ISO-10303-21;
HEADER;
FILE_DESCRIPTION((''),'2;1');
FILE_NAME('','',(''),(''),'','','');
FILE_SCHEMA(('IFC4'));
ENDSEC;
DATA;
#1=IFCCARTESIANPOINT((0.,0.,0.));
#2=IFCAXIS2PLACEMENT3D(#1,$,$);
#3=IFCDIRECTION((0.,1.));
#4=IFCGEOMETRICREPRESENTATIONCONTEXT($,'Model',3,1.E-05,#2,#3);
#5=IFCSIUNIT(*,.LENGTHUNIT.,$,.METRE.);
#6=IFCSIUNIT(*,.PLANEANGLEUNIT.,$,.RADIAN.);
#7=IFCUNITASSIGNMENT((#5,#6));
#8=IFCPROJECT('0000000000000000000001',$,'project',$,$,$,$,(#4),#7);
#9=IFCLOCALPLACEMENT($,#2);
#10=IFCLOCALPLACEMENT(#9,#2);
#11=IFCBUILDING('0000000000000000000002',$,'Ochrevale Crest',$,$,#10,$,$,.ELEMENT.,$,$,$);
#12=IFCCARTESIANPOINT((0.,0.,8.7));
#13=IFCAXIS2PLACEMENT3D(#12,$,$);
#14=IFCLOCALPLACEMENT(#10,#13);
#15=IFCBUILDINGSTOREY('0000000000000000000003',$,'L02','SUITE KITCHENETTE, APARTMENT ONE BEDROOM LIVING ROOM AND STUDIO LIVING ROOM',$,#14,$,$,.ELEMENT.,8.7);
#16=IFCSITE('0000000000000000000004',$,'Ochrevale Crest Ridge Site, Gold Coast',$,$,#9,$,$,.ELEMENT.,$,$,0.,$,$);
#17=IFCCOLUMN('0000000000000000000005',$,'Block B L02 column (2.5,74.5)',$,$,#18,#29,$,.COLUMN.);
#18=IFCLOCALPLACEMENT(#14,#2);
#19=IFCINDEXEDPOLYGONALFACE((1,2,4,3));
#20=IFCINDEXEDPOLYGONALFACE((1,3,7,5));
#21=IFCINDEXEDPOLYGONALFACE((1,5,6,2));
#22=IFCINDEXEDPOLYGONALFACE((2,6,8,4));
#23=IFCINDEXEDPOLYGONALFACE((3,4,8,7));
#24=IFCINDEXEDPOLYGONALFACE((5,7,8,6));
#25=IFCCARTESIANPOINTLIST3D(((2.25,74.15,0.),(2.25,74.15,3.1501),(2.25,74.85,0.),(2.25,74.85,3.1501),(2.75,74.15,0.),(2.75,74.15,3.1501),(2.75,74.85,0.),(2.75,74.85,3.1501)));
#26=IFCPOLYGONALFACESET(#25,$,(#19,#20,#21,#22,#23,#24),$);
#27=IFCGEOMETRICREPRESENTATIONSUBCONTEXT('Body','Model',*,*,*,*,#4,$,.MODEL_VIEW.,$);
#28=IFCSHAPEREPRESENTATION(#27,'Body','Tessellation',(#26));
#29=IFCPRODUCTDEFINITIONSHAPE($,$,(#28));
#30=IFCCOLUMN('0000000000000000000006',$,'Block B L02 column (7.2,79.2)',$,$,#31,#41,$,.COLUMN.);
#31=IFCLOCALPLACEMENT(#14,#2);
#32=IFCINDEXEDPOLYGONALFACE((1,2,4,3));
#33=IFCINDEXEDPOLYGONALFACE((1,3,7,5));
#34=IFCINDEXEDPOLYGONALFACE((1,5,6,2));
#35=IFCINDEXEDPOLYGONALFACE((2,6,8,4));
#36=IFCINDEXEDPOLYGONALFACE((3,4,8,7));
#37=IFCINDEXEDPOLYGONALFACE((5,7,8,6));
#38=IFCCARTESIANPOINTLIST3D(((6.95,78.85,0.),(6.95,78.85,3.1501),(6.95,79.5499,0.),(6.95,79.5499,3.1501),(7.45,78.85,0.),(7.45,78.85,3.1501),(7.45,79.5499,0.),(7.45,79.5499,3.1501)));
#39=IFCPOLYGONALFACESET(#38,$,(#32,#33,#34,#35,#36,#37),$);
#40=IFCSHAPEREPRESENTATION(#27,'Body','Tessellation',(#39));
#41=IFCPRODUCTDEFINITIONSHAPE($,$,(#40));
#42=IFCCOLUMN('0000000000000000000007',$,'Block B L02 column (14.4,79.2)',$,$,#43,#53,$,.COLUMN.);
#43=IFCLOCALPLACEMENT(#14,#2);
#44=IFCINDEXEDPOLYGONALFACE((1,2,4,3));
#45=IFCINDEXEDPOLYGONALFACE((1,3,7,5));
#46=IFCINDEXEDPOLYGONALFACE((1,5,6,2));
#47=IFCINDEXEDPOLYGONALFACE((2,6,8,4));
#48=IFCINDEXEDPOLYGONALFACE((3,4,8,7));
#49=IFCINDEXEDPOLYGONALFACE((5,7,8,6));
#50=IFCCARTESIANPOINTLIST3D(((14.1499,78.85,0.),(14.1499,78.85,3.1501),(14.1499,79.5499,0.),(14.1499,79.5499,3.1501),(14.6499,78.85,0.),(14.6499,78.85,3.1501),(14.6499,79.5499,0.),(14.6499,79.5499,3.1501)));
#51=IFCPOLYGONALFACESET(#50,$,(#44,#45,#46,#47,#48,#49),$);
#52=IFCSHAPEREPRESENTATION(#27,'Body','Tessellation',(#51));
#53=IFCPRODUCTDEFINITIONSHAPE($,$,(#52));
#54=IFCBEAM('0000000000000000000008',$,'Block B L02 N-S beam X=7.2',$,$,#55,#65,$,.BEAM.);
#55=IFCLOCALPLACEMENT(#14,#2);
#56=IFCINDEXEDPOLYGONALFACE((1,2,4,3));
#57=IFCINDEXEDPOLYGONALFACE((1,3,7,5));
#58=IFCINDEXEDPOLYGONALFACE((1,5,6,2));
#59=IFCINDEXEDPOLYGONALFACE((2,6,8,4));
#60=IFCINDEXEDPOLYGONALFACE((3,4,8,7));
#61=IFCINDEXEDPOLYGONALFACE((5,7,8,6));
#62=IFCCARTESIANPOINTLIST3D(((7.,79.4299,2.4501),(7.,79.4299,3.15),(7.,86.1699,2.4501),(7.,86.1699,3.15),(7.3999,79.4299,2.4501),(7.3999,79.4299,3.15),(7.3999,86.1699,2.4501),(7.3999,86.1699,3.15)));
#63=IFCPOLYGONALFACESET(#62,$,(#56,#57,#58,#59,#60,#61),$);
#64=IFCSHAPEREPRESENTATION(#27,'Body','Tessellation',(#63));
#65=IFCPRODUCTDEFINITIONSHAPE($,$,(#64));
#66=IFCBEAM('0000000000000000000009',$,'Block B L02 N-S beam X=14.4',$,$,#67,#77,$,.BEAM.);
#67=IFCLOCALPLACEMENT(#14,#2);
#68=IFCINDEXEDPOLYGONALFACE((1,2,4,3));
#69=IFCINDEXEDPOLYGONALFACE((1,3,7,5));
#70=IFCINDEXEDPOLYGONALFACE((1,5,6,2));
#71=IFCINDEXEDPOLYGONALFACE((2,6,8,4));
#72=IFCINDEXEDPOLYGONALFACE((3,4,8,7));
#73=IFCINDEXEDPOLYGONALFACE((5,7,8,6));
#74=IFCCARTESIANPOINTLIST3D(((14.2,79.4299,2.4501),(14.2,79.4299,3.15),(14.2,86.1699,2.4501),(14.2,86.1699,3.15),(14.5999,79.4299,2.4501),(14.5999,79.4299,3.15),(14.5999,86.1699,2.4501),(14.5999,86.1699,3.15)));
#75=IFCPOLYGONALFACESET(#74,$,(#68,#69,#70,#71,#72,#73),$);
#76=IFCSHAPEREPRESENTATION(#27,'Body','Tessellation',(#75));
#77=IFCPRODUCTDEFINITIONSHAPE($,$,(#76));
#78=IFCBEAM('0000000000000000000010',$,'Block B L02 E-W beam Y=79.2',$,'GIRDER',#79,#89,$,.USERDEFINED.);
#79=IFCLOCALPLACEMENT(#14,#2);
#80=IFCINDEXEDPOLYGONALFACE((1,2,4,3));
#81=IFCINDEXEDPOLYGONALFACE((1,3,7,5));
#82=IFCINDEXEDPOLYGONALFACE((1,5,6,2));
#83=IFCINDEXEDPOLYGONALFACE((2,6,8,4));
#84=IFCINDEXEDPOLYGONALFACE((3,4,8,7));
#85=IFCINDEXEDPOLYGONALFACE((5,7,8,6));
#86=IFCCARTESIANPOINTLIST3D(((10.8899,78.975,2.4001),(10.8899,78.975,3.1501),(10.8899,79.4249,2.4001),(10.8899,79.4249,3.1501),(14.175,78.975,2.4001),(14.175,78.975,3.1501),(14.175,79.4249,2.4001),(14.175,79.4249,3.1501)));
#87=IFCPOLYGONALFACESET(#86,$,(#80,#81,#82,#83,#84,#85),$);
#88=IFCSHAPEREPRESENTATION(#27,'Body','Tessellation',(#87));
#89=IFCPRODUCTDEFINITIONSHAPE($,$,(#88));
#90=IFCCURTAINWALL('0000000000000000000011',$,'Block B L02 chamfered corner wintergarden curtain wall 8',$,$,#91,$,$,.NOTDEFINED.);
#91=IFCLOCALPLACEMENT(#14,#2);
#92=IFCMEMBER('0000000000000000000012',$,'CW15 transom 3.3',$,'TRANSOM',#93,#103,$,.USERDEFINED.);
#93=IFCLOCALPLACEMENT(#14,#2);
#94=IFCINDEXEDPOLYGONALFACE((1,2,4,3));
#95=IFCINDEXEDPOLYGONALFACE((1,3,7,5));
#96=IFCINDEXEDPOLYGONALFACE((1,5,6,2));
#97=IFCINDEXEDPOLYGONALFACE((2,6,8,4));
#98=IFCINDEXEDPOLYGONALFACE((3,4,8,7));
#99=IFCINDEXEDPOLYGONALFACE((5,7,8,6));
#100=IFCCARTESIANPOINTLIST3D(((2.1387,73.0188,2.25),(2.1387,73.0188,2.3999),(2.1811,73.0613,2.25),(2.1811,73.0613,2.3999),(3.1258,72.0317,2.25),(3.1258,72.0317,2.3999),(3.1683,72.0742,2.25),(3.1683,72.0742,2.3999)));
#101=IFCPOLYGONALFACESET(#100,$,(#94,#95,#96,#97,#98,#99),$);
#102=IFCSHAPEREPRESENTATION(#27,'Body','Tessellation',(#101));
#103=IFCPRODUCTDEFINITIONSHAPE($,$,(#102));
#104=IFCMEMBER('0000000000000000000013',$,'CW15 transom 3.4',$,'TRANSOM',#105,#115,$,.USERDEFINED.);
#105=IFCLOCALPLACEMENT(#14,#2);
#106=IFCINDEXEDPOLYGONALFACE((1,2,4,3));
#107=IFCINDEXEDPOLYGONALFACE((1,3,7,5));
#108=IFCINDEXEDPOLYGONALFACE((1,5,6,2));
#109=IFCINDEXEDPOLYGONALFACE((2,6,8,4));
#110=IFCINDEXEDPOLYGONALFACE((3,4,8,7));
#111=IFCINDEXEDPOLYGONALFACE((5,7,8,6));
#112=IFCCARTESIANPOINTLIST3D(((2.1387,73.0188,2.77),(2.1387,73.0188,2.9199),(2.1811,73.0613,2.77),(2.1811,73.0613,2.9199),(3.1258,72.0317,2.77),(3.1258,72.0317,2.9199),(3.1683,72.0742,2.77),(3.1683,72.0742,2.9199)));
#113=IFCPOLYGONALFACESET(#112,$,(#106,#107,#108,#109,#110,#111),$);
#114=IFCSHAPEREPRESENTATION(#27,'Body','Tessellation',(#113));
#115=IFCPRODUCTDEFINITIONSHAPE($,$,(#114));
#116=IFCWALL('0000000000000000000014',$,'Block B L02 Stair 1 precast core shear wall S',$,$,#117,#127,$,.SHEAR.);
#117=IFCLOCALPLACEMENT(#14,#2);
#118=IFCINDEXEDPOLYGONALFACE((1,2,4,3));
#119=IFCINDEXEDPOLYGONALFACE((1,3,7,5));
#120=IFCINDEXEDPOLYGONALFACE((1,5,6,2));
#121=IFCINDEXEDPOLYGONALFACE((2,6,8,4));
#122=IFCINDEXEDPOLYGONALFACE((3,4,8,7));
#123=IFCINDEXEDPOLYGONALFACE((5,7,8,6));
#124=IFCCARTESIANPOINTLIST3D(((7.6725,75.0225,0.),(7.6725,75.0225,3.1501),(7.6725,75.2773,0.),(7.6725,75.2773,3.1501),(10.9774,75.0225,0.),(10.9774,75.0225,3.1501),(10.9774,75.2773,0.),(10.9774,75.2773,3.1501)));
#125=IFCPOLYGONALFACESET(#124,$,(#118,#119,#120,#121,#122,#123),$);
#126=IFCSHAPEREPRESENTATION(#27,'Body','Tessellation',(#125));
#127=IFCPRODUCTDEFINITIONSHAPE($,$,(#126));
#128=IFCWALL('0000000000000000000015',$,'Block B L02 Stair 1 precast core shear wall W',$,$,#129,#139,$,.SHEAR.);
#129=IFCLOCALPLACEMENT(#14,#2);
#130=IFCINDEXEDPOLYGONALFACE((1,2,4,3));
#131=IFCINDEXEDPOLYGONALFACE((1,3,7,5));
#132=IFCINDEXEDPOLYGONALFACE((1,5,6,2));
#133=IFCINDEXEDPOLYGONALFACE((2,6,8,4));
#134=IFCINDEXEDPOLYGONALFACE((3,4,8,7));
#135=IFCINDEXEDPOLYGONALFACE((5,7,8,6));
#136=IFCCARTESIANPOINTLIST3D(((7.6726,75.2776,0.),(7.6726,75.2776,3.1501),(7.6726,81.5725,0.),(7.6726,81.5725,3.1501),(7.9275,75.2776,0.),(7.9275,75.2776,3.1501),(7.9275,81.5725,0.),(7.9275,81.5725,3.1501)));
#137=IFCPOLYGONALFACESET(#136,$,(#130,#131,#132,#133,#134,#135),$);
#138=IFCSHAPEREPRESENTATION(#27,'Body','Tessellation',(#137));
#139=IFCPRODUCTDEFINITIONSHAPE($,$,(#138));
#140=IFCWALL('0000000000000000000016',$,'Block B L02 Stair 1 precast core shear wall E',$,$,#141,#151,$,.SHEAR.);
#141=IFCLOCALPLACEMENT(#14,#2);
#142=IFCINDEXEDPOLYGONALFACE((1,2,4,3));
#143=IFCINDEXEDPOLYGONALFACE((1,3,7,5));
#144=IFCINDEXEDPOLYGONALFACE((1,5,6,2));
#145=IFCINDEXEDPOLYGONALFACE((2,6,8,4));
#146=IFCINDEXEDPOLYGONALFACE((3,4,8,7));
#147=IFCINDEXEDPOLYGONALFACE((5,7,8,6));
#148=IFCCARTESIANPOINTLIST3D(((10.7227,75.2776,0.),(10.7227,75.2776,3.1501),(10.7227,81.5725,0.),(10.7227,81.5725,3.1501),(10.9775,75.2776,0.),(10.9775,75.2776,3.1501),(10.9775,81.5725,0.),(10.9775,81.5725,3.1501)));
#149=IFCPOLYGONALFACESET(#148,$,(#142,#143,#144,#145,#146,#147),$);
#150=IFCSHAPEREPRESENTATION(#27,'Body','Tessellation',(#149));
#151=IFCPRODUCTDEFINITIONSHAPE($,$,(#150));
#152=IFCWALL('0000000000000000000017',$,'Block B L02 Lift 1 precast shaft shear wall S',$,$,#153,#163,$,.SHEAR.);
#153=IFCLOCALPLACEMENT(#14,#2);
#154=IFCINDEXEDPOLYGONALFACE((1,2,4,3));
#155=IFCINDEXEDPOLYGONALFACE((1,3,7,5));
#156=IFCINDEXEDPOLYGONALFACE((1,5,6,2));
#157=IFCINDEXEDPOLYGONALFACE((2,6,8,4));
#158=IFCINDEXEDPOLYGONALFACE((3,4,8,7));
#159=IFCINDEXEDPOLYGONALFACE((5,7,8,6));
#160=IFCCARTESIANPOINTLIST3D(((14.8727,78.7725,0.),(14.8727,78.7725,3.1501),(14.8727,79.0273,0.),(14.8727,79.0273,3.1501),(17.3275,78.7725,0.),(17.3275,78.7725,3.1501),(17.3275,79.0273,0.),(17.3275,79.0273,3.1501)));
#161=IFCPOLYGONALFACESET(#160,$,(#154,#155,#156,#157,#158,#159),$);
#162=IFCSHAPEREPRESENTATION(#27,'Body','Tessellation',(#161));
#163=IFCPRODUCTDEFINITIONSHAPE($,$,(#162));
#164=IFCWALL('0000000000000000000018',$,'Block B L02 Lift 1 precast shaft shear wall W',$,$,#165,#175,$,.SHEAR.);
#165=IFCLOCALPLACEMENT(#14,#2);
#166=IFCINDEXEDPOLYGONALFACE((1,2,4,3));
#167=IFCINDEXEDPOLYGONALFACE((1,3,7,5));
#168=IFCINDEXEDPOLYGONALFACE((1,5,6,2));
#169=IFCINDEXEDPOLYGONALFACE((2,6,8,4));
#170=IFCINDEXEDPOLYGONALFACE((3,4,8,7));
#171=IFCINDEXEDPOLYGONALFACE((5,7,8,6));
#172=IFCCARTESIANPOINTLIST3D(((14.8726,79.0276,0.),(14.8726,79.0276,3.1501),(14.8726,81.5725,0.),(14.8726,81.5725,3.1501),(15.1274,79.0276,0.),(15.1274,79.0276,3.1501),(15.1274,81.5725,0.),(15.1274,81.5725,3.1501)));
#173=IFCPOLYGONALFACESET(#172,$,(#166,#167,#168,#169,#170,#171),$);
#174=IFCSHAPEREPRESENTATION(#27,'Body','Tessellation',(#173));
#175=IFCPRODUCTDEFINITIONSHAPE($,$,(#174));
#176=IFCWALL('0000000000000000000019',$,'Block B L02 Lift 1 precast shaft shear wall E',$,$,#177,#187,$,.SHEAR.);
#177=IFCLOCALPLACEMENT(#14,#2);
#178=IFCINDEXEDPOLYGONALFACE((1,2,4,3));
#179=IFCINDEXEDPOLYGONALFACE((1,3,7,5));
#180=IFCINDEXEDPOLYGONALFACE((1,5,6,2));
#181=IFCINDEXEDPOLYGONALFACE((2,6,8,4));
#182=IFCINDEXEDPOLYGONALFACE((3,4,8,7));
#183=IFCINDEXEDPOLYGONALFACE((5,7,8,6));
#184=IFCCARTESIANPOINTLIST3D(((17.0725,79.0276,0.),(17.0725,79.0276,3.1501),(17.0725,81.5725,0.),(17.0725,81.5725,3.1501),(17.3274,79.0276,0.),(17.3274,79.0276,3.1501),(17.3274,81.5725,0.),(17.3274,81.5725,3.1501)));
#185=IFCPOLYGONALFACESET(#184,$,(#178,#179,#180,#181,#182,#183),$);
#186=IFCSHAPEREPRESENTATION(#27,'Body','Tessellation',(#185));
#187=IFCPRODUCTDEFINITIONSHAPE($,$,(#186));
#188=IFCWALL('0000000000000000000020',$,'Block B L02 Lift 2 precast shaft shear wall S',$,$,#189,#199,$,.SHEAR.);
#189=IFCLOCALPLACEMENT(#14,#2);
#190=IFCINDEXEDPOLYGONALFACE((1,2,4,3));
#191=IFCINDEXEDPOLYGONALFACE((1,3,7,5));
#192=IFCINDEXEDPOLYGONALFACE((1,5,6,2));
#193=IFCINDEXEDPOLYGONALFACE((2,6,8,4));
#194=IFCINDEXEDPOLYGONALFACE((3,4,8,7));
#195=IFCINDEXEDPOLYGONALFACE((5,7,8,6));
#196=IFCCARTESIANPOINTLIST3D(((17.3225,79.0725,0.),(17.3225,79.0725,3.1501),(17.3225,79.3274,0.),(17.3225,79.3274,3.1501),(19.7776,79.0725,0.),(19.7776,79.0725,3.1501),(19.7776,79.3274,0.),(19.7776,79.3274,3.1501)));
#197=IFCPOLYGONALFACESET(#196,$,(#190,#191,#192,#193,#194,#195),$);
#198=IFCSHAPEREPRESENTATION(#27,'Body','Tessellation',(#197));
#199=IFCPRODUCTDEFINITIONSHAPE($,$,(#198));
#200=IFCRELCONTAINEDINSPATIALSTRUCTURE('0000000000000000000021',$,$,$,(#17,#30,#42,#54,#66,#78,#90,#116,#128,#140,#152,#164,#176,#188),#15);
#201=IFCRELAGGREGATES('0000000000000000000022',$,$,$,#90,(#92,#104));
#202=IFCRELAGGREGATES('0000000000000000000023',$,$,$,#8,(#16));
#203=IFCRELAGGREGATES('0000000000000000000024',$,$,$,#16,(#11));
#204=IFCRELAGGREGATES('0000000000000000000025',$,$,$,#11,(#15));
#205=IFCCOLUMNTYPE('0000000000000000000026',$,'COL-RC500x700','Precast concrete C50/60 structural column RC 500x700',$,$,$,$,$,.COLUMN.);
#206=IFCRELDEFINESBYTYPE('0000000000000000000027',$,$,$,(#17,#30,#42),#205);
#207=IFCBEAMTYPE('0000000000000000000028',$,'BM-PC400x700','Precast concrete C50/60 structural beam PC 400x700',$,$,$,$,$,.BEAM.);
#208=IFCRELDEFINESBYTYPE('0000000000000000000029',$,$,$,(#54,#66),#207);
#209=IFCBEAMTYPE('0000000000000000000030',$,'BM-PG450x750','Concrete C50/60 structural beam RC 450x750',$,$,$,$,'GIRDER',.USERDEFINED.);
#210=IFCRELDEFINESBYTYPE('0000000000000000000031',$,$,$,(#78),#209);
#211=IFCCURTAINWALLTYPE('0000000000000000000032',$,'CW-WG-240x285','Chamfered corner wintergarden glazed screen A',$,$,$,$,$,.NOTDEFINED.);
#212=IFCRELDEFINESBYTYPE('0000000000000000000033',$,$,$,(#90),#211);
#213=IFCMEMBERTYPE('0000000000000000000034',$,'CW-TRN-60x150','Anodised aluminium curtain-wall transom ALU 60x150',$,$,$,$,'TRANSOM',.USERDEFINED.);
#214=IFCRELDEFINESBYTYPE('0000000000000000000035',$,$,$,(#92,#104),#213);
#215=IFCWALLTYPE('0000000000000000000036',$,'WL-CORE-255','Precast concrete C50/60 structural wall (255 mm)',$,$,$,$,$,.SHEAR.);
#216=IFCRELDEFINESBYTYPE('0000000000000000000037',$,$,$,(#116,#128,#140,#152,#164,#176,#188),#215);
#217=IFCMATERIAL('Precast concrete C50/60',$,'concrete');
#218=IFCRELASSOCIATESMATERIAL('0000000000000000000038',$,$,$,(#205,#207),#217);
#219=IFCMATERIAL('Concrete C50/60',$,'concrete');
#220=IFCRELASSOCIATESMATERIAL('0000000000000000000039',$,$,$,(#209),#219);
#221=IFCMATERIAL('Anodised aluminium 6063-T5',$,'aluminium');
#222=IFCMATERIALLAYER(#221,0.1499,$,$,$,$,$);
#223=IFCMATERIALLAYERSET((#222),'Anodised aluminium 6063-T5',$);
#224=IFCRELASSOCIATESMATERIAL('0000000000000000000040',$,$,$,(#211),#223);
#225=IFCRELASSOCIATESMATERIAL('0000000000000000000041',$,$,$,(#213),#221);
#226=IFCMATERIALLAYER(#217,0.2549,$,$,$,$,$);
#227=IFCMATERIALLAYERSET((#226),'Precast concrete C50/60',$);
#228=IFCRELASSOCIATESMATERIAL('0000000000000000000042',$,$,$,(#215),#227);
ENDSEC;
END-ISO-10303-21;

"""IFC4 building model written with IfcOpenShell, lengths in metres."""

from ifc_helpers import new_model, si_unit, direction, frame, frame_2d, origin, origin_2d, place, context, subcontext, project, spatial, rectangle, extrude, material, layer, layer_set, material_profile, profile_set, type_object, element, aggregate, save


model = new_model("IFC4")

# Units and contexts
model_context = context("Model", 3, precision=1e-05, world=origin(), true_north=direction((0.0, 1.0)))
body_context = subcontext(model_context, "Body", "Model", "MODEL_VIEW")
ifc_project = project(units=[si_unit("LENGTHUNIT", "METRE"), si_unit("PLANEANGLEUNIT", "RADIAN")], contexts=[model_context])

# Site, building, storey
site_placement = place(None, origin())
site = spatial("IfcSite", under=ifc_project, at=site_placement, Name="Ochrevale Crest Ridge Site, Gold Coast", CompositionType="ELEMENT", RefElevation=0.0)
building_placement = place(site_placement, origin())
building = spatial("IfcBuilding", under=site, at=building_placement, Name="Ochrevale Crest", CompositionType="ELEMENT")
storey_placement = place(building_placement, frame((0.0, 0.0, 8.7)))
storey = spatial("IfcBuildingStorey", under=building, at=storey_placement, Name="L02", Description="SUITE KITCHENETTE, APARTMENT ONE BEDROOM LIVING ROOM AND STUDIO LIVING ROOM", CompositionType="ELEMENT", Elevation=8.7)

# Columns
ifc_material_1 = material(Name="Precast concrete C50/60", Category="concrete")
ifc_material_profile_1 = material_profile(ifc_material_1, rectangle(XDim=0.5, YDim=0.7, at=origin_2d()), Name="RC 500x700")
ifc_profile_set_1 = profile_set([ifc_material_profile_1], Name="Precast concrete C50/60")
column_type = type_object("IfcColumnType", Name="COL-RC500x700", Description="Precast concrete C50/60 structural column RC 500x700", PredefinedType="COLUMN", material=ifc_profile_set_1)
for number, where, z_axis, x_axis, name in (
    (1, (2.5, 74.5, 0.0), (0.0, 0.0, 1.0), (1.0, 0.0, 0.0), "Block B L02 column (2.5,74.5)"),
    (2, (7.2, 79.2, 0.0), (0.0, 0.0, 1.0), (1.0, 0.0, 0.0), "Block B L02 column (7.2,79.2)"),
    (3, (14.3999, 79.2, 0.0), (0.0, 0.0, 1.0), (1.0, 0.0, 0.0), "Block B L02 column (14.4,79.2)"),
):
    element("IfcColumn", number, at=place(storey_placement, frame(where, z_axis=z_axis, x_axis=x_axis)), inside=storey, type_object=column_type, Name=name, PredefinedType="COLUMN", context=body_context, shape_type="SweptSolid", body=[
        extrude(rectangle(XDim=0.5, YDim=0.7, at=origin_2d()), origin(), (0.0, 0.0, 1.0), 3.1501),
    ])

# Beams
ifc_material_profile_2 = material_profile(ifc_material_1, rectangle(XDim=0.3999, YDim=0.7, at=origin_2d()), Name="PC 400x700")
ifc_profile_set_2 = profile_set([ifc_material_profile_2], Name="Precast concrete C50/60")
beam_type_1 = type_object("IfcBeamType", Name="BM-PC400x700", Description="Precast concrete C50/60 structural beam PC 400x700", PredefinedType="BEAM", material=ifc_profile_set_2)
for number, where, z_axis, x_axis, name in (
    (4, (7.2, 79.4299, 2.8), (0.0, 1.0, 0.0), (-1.0, 0.0, 0.0), "Block B L02 N-S beam X=7.2"),
    (5, (14.3999, 79.4299, 2.8), (0.0, 1.0, 0.0), (-1.0, 0.0, 0.0), "Block B L02 N-S beam X=14.4"),
):
    element("IfcBeam", number, at=place(storey_placement, frame(where, z_axis=z_axis, x_axis=x_axis)), inside=storey, type_object=beam_type_1, Name=name, PredefinedType="BEAM", context=body_context, shape_type="SweptSolid", body=[
        extrude(rectangle(XDim=0.3999, YDim=0.7, at=origin_2d()), origin(), (0.0, 0.0, 1.0), 6.74),
    ])
ifc_material_2 = material(Name="Concrete C50/60", Category="concrete")
ifc_material_profile_3 = material_profile(ifc_material_2, rectangle(XDim=0.45, YDim=0.75, at=origin_2d()), Name="RC 450x750")
ifc_profile_set_3 = profile_set([ifc_material_profile_3], Name="Concrete C50/60")
beam_type_2 = type_object("IfcBeamType", Name="BM-PG450x750", Description="Concrete C50/60 structural beam RC 450x750", ElementType="GIRDER", PredefinedType="USERDEFINED", material=ifc_profile_set_3)
beam_placement = place(storey_placement, frame((10.8899, 79.2, 2.7751), z_axis=(1.0, 0.0, 0.0), x_axis=(0.0, 1.0, 0.0)))
element("IfcBeam", 6, at=beam_placement, inside=storey, type_object=beam_type_2, Name="Block B L02 E-W beam Y=79.2", ObjectType="GIRDER", PredefinedType="USERDEFINED", context=body_context, shape_type="SweptSolid", body=[
    extrude(rectangle(XDim=0.45, YDim=0.75, at=origin_2d()), origin(), (0.0, 0.0, 1.0), 3.2852),
])

# Curtain wall, members
ifc_material_3 = material(Name="Anodised aluminium 6063-T5", Category="aluminium")
ifc_layer_1 = layer(ifc_material_3, 0.1499)
ifc_layer_set_1 = layer_set([ifc_layer_1], Name="Anodised aluminium 6063-T5")
curtain_wall_type = type_object("IfcCurtainWallType", Name="CW-WG-240x285", Description="Chamfered corner wintergarden glazed screen A", PredefinedType="NOTDEFINED", material=ifc_layer_set_1)
curtain_wall_placement = place(storey_placement, origin())
curtain_wall = element("IfcCurtainWall", 7, at=curtain_wall_placement, inside=storey, type_object=curtain_wall_type, Name="Block B L02 chamfered corner wintergarden curtain wall 8", PredefinedType="NOTDEFINED")
ifc_material_profile_4 = material_profile(ifc_material_3, rectangle(XDim=0.0601, YDim=0.1499, at=origin_2d()), Name="ALU 60x150")
ifc_profile_set_4 = profile_set([ifc_material_profile_4], Name="Anodised aluminium 6063-T5")
member_type = type_object("IfcMemberType", Name="CW-TRN-60x150", Description="Anodised aluminium curtain-wall transom ALU 60x150", ElementType="TRANSOM", PredefinedType="USERDEFINED", material=ifc_profile_set_4)
member_1_placement = place(storey_placement, frame((2.1599, 73.04, 2.325), z_axis=(0.707107, -0.707107, 0.0), x_axis=(0.707107, 0.707107, 0.0)))
member_1 = element("IfcMember", 8, at=member_1_placement, type_object=member_type, Name="CW15 transom 3.3", ObjectType="TRANSOM", PredefinedType="USERDEFINED", context=body_context, shape_type="SweptSolid", body=[
    extrude(rectangle(XDim=0.0601, YDim=0.1499, at=origin_2d()), origin(), (0.0, 0.0, 1.0), 1.396),
])
member_2_placement = place(storey_placement, frame((2.1599, 73.04, 2.845), z_axis=(0.707107, -0.707107, 0.0), x_axis=(0.707107, 0.707107, 0.0)))
member_2 = element("IfcMember", 9, at=member_2_placement, type_object=member_type, Name="CW15 transom 3.4", ObjectType="TRANSOM", PredefinedType="USERDEFINED", context=body_context, shape_type="SweptSolid", body=[
    extrude(rectangle(XDim=0.0601, YDim=0.1499, at=origin_2d()), origin(), (0.0, 0.0, 1.0), 1.396),
])
aggregate(curtain_wall, [member_1, member_2])

# Walls
ifc_layer_2 = layer(ifc_material_1, 0.2549)
ifc_layer_set_2 = layer_set([ifc_layer_2], Name="Precast concrete C50/60")
wall_type_1 = type_object("IfcWallType", Name="WL-CORE-255", Description="Precast concrete C50/60 structural wall (255 mm)", PredefinedType="SHEAR", material=ifc_layer_set_2)
wall_1_placement = place(storey_placement, frame((7.6726, 75.1499, 0.0), z_axis=(0.0, 0.0, 1.0), x_axis=(1.0, 0.0, 0.0)))
element("IfcWall", 10, at=wall_1_placement, inside=storey, type_object=wall_type_1, Name="Block B L02 Stair 1 precast core shear wall S", PredefinedType="SHEAR", context=body_context, shape_type="SweptSolid", body=[
    extrude(rectangle(XDim=3.3049, YDim=0.2549, at=frame_2d((1.6523, 0.0))), origin(), (0.0, 0.0, 1.0), 3.1501),
])
for number, where, z_axis, x_axis, name in (
    (11, (7.8, 75.2776, 0.0), (0.0, 0.0, 1.0), (0.0, 1.0, 0.0), "Block B L02 Stair 1 precast core shear wall W"),
    (12, (10.8501, 75.2776, 0.0), (0.0, 0.0, 1.0), (0.0, 1.0, 0.0), "Block B L02 Stair 1 precast core shear wall E"),
):
    element("IfcWall", number, at=place(storey_placement, frame(where, z_axis=z_axis, x_axis=x_axis)), inside=storey, type_object=wall_type_1, Name=name, PredefinedType="SHEAR", context=body_context, shape_type="SweptSolid", body=[
        extrude(rectangle(XDim=6.2949, YDim=0.2549, at=frame_2d((3.1475, 0.0))), origin(), (0.0, 0.0, 1.0), 3.1501),
    ])
wall_2_placement = place(storey_placement, frame((14.8726, 78.8999, 0.0), z_axis=(0.0, 0.0, 1.0), x_axis=(1.0, 0.0, 0.0)))
element("IfcWall", 13, at=wall_2_placement, inside=storey, type_object=wall_type_1, Name="Block B L02 Lift 1 precast shaft shear wall S", PredefinedType="SHEAR", context=body_context, shape_type="SweptSolid", body=[
    extrude(rectangle(XDim=2.4548, YDim=0.2549, at=frame_2d((1.2275, 0.0))), origin(), (0.0, 0.0, 1.0), 3.1501),
])
for number, where, z_axis, x_axis, name in (
    (14, (15.0, 79.0276, 0.0), (0.0, 0.0, 1.0), (0.0, 1.0, 0.0), "Block B L02 Lift 1 precast shaft shear wall W"),
    (15, (17.2, 79.0276, 0.0), (0.0, 0.0, 1.0), (0.0, 1.0, 0.0), "Block B L02 Lift 1 precast shaft shear wall E"),
):
    element("IfcWall", number, at=place(storey_placement, frame(where, z_axis=z_axis, x_axis=x_axis)), inside=storey, type_object=wall_type_1, Name=name, PredefinedType="SHEAR", context=body_context, shape_type="SweptSolid", body=[
        extrude(rectangle(XDim=2.5449, YDim=0.2549, at=frame_2d((1.2725, 0.0))), origin(), (0.0, 0.0, 1.0), 3.1501),
    ])
wall_3_placement = place(storey_placement, frame((17.3225, 79.2, 0.0), z_axis=(0.0, 0.0, 1.0), x_axis=(1.0, 0.0, 0.0)))
element("IfcWall", 16, at=wall_3_placement, inside=storey, type_object=wall_type_1, Name="Block B L02 Lift 2 precast shaft shear wall S", PredefinedType="SHEAR", context=body_context, shape_type="SweptSolid", body=[
    extrude(rectangle(XDim=2.4551, YDim=0.2549, at=frame_2d((1.2275, 0.0))), origin(), (0.0, 0.0, 1.0), 3.1501),
])

save(model, "model.ifc")
